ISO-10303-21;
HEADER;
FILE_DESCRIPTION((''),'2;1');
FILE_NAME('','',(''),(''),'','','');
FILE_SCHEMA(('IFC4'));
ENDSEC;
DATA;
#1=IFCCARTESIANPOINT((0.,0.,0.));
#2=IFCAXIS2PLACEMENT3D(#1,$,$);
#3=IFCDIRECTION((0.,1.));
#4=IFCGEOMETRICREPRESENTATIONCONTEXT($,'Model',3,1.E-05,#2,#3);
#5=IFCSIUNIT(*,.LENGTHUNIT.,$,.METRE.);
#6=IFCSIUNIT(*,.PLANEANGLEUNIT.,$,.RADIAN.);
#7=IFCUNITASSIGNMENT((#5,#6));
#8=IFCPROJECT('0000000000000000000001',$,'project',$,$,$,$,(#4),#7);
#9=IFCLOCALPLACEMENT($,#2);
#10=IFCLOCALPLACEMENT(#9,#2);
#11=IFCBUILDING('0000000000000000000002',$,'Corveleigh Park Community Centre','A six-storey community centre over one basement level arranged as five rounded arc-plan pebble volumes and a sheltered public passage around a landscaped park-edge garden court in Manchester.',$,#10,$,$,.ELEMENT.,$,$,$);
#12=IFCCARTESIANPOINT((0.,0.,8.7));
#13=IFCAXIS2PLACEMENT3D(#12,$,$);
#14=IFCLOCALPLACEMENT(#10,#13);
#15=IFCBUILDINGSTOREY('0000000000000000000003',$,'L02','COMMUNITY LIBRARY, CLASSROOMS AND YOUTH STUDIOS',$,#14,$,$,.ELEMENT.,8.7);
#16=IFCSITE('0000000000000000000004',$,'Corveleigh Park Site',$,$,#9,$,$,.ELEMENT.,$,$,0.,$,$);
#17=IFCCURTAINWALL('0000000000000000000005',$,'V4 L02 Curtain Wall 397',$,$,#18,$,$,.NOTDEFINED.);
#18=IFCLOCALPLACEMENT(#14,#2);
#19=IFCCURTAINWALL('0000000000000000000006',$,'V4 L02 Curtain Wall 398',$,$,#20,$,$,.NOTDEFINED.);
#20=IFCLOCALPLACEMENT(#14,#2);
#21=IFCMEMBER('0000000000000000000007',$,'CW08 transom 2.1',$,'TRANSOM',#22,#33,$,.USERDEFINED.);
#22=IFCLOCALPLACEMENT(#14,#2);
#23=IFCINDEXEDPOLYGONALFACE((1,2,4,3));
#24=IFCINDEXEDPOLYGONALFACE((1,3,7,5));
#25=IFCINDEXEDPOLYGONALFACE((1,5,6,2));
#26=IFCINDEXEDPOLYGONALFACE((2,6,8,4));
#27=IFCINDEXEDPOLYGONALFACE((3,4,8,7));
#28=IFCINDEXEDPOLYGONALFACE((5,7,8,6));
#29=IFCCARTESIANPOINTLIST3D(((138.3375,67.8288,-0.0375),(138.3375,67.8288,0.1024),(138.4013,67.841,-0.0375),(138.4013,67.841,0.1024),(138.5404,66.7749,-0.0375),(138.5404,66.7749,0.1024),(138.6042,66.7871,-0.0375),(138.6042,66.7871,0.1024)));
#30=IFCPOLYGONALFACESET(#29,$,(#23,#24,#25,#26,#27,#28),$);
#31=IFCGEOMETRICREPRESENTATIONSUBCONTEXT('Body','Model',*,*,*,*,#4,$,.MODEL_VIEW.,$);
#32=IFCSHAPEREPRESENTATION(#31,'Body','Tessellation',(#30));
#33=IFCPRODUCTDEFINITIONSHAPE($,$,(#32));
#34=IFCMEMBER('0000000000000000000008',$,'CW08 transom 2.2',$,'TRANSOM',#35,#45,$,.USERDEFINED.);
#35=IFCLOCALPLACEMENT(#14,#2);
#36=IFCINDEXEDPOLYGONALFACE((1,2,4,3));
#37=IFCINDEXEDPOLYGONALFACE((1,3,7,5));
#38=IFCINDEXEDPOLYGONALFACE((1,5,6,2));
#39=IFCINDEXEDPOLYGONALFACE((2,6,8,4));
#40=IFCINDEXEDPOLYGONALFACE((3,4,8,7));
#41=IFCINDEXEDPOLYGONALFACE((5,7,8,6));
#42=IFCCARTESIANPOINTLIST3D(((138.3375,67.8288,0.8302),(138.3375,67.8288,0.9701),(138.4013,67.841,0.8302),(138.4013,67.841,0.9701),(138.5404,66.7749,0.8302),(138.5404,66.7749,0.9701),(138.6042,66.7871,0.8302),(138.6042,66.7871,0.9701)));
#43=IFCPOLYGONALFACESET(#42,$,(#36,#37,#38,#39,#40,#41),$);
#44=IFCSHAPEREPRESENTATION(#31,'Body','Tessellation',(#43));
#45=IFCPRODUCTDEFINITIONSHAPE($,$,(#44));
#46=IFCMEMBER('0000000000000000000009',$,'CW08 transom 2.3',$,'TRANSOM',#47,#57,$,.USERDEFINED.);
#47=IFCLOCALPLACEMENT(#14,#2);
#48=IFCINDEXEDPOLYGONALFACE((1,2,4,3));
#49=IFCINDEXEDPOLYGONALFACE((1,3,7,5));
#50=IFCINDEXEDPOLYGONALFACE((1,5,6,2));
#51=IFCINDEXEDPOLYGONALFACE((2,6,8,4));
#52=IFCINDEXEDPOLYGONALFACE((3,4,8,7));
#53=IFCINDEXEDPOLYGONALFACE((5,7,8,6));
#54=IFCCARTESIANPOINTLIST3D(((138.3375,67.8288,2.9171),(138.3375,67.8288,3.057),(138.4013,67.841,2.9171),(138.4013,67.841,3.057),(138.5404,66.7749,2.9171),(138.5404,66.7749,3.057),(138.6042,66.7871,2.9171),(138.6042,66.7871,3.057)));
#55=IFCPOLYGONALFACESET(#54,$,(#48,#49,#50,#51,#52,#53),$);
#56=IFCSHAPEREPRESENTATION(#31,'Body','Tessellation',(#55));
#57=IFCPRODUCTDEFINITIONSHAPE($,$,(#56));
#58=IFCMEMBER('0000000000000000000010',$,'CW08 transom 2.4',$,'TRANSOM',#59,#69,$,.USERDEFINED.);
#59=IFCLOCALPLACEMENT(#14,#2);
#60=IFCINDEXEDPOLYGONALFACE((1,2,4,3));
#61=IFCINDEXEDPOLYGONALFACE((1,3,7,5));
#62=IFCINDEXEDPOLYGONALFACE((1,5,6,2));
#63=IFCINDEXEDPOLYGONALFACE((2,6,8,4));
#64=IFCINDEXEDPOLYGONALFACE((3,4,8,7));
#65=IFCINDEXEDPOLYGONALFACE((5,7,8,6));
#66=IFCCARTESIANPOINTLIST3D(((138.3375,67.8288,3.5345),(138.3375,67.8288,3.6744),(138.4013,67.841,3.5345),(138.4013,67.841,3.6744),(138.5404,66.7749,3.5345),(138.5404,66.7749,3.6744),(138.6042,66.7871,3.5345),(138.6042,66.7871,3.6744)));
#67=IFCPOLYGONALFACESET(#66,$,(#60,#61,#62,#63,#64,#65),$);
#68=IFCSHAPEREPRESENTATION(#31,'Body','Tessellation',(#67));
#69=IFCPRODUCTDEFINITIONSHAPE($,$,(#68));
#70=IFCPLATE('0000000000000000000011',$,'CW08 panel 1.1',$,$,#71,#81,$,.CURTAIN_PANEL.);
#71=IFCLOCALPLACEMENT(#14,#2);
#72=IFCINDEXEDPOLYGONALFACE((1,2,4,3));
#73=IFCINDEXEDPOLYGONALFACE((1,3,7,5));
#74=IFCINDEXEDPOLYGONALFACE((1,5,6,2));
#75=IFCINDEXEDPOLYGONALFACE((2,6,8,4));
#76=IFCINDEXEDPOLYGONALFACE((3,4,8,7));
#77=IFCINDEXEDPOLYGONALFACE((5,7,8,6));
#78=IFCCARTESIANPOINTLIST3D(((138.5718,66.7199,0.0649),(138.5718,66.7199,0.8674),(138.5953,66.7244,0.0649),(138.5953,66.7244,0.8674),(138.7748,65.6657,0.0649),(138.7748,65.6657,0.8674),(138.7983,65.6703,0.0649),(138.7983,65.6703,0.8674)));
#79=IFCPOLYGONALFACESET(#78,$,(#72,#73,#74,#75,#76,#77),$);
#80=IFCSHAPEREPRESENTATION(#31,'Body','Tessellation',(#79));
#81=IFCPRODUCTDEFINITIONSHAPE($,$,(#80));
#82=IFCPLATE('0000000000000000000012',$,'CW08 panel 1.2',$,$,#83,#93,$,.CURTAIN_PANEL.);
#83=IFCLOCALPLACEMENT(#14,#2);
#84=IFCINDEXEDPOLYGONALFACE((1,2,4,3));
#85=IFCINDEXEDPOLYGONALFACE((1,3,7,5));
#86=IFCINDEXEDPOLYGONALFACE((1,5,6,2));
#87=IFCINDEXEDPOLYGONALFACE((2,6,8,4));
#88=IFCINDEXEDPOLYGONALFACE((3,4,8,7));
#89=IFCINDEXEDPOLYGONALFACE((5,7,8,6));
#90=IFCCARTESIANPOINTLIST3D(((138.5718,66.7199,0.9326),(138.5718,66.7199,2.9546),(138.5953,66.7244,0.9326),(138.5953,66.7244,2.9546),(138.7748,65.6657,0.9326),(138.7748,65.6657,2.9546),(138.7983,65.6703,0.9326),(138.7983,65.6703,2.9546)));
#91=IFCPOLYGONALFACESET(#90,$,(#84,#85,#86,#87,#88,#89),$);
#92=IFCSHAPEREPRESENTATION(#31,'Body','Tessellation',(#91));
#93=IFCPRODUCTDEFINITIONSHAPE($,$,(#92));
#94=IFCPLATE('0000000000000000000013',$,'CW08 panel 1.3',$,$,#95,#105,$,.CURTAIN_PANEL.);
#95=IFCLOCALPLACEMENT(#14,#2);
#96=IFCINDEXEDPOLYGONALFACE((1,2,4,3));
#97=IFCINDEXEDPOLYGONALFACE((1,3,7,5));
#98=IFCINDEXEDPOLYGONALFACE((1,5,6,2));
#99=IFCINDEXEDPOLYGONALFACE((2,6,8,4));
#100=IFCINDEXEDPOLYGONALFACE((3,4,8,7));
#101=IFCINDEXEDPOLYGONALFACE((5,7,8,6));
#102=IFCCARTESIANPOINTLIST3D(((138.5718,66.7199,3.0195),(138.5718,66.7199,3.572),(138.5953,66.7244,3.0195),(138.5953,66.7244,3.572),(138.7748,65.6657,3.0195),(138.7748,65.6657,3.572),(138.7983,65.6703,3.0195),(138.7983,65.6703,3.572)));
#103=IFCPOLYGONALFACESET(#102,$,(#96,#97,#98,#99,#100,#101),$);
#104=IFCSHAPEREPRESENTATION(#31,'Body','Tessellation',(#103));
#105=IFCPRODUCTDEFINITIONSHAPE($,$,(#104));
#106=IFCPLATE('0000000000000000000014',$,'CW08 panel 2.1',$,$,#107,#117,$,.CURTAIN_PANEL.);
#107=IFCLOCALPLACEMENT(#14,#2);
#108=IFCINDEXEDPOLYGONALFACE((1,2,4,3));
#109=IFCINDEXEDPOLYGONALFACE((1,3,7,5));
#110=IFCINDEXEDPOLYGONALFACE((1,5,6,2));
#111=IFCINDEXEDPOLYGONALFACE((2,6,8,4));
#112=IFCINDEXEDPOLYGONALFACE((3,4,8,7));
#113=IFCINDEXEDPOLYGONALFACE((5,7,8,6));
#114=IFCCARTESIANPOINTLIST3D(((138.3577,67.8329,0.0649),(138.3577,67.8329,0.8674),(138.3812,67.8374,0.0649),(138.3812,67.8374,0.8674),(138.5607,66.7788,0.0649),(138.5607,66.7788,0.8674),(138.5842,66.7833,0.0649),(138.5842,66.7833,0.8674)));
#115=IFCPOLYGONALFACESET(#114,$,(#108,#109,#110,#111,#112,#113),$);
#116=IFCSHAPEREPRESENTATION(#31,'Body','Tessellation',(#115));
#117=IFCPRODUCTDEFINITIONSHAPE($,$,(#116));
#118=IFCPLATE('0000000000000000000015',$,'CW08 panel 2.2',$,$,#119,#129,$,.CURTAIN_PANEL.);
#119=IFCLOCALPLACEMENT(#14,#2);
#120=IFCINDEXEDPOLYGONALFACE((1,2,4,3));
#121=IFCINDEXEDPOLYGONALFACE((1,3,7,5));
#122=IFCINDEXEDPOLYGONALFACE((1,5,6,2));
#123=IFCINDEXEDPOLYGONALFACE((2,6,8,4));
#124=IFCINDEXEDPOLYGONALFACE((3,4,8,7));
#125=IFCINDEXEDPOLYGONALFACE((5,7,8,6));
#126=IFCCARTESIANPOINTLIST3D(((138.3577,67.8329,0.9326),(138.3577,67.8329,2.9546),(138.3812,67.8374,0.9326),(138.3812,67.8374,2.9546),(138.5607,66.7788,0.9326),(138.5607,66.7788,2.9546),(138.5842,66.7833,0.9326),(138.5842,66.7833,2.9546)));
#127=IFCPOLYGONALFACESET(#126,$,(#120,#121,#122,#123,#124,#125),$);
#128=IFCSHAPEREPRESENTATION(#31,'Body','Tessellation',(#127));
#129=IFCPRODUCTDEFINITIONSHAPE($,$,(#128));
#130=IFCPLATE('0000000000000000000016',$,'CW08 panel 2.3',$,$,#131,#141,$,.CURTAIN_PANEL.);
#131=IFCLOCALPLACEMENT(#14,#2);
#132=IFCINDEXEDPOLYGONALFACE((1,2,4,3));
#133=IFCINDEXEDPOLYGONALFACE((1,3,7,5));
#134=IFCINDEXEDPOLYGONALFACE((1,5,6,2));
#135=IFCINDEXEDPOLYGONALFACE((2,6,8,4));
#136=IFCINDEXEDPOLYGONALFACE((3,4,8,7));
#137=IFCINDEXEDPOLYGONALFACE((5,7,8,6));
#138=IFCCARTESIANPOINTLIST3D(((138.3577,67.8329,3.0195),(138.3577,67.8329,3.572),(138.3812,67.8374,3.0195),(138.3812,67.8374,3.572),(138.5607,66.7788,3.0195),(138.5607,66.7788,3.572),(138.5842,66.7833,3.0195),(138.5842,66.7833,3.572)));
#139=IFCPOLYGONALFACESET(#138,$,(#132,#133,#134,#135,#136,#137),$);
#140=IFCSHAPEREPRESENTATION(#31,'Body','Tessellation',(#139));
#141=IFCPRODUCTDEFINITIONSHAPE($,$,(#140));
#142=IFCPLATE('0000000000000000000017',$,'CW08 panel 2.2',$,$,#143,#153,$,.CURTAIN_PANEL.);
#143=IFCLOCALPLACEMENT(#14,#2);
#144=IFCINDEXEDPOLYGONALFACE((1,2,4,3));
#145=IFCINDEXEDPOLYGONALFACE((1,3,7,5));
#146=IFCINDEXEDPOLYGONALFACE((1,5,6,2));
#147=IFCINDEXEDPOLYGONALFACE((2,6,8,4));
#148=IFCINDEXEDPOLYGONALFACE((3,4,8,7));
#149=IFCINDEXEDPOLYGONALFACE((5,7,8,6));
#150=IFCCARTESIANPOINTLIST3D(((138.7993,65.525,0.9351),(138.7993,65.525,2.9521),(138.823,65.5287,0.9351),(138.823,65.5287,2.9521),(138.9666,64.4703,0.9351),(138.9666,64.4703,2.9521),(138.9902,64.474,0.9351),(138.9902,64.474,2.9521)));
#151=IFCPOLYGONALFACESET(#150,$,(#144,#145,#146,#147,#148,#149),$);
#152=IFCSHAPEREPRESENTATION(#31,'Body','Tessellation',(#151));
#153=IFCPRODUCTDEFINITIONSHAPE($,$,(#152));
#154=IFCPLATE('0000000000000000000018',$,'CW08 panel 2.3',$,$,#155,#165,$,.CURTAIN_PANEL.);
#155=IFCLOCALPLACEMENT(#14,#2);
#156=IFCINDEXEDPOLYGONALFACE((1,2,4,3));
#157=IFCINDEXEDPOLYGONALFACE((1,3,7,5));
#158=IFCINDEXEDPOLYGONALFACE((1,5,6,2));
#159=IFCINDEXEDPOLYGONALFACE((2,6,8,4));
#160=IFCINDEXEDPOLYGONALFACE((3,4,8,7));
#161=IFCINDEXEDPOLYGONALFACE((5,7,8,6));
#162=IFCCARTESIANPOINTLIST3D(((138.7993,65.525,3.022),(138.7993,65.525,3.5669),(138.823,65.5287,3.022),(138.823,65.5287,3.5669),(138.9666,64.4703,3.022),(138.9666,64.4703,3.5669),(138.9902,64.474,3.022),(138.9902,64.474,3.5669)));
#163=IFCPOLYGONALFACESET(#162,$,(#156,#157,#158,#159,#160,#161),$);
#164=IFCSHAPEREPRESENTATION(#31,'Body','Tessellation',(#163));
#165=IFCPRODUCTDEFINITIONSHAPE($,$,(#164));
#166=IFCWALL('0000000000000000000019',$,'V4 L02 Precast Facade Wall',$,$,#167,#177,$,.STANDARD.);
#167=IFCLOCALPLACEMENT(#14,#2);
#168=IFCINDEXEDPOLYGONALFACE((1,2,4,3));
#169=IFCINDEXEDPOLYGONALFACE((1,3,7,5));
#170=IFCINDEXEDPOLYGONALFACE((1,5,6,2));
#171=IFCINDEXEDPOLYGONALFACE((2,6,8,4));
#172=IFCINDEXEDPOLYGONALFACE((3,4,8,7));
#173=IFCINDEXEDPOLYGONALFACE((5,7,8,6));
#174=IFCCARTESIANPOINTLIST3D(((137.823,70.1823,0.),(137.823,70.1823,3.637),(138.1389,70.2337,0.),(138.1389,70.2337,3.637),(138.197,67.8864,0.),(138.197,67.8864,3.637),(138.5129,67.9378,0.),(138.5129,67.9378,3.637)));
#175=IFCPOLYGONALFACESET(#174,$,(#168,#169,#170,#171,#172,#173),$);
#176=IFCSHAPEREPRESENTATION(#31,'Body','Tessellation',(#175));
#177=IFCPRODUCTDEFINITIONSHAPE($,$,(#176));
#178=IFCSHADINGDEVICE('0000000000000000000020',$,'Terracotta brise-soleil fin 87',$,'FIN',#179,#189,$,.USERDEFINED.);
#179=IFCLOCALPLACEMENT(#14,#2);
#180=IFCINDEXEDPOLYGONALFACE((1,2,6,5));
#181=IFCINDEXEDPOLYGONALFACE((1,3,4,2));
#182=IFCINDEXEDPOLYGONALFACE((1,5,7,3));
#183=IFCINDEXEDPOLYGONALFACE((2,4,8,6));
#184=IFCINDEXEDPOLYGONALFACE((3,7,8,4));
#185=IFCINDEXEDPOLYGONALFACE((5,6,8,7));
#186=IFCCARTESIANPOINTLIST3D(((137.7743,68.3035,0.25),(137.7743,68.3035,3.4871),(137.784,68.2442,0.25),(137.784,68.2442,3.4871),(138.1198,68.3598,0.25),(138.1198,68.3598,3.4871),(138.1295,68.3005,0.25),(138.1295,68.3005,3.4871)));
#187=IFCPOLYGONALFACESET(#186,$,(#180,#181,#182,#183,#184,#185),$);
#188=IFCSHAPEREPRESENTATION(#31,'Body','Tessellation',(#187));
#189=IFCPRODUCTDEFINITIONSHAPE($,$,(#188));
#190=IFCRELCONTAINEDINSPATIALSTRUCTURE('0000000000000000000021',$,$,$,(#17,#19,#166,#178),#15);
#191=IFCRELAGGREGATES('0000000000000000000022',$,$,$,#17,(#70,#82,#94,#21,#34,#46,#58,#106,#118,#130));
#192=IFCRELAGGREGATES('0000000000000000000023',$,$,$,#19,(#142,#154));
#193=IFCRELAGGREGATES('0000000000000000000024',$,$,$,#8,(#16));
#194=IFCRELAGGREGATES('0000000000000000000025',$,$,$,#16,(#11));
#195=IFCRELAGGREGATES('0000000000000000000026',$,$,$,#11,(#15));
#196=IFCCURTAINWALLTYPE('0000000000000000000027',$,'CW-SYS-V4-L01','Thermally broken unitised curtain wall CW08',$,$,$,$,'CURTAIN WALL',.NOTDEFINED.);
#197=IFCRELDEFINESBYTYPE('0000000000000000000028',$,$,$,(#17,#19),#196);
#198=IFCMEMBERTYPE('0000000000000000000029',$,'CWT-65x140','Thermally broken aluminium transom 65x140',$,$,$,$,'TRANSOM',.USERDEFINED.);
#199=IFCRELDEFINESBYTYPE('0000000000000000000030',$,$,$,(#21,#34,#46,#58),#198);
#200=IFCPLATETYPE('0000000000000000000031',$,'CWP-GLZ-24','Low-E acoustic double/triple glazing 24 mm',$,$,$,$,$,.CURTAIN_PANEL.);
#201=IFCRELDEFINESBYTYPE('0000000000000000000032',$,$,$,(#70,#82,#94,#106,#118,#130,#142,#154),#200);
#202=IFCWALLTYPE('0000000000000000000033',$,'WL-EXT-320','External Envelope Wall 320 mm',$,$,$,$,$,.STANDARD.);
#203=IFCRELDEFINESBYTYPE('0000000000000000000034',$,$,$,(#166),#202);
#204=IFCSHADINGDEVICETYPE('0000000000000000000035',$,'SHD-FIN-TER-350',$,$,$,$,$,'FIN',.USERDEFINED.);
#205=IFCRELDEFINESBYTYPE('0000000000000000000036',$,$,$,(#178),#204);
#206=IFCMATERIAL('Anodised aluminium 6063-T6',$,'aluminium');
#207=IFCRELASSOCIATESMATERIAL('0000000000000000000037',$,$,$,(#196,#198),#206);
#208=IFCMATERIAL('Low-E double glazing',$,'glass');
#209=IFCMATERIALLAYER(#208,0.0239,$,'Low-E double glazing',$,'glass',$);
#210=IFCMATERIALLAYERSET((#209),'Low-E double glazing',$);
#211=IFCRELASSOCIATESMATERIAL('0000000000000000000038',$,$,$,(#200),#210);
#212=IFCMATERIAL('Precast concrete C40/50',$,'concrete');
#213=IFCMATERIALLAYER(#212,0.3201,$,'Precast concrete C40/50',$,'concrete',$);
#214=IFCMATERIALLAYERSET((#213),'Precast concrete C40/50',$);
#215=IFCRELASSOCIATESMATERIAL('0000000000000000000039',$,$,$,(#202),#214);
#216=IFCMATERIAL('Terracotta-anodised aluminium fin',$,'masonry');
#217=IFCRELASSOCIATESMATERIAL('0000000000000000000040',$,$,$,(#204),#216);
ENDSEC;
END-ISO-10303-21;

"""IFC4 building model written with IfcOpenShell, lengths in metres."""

from ifc_helpers import new_model, si_unit, direction, frame, frame_2d, origin, origin_2d, place, context, subcontext, project, spatial, rectangle, extrude, material, layer, layer_set, material_profile, profile_set, type_object, element, aggregate, save


model = new_model("IFC4")

# Units and contexts
model_context = context("Model", 3, precision=1e-05, world=origin(), true_north=direction((0.0, 1.0)))
body_context = subcontext(model_context, "Body", "Model", "MODEL_VIEW")
ifc_project = project(units=[si_unit("LENGTHUNIT", "METRE"), si_unit("PLANEANGLEUNIT", "RADIAN")], contexts=[model_context])

# Site, building, storey
site_placement = place(None, origin())
site = spatial("IfcSite", under=ifc_project, at=site_placement, Name="Corveleigh Park Site", CompositionType="ELEMENT", RefElevation=0.0)
building_placement = place(site_placement, origin())
building = spatial("IfcBuilding", under=site, at=building_placement, Name="Corveleigh Park Community Centre", Description="A six-storey community centre over one basement level arranged as five rounded arc-plan pebble volumes and a sheltered public passage around a landscaped park-edge garden court in Manchester.", CompositionType="ELEMENT")
storey_placement = place(building_placement, frame((0.0, 0.0, 8.7)))
storey = spatial("IfcBuildingStorey", under=building, at=storey_placement, Name="L02", Description="COMMUNITY LIBRARY, CLASSROOMS AND YOUTH STUDIOS", CompositionType="ELEMENT", Elevation=8.7)

# Curtain wall
ifc_material_1 = material(Name="Anodised aluminium 6063-T6", Category="aluminium")
curtain_wall_type = type_object("IfcCurtainWallType", Name="CW-SYS-V4-L01", Description="Thermally broken unitised curtain wall CW08", ElementType="CURTAIN WALL", PredefinedType="NOTDEFINED", material=ifc_material_1)
curtain_wall_1_placement = place(storey_placement, origin())
curtain_wall_1 = element("IfcCurtainWall", 1, at=curtain_wall_1_placement, inside=storey, type_object=curtain_wall_type, Name="V4 L02 Curtain Wall 397", PredefinedType="NOTDEFINED")

# Curtain wall
curtain_wall_2_placement = place(storey_placement, origin())
curtain_wall_2 = element("IfcCurtainWall", 2, at=curtain_wall_2_placement, inside=storey, type_object=curtain_wall_type, Name="V4 L02 Curtain Wall 398", PredefinedType="NOTDEFINED")

# Members
ifc_material_profile_1 = material_profile(ifc_material_1, rectangle(XDim=0.0649, YDim=0.1399, at=origin_2d()), Name="ALU-T65x140", Category="aluminium")
ifc_profile_set_1 = profile_set([ifc_material_profile_1], Name="Anodised aluminium 6063-T6")
member_type_1 = type_object("IfcMemberType", Name="CWT-65x140", Description="Thermally broken aluminium transom 65x140", ElementType="TRANSOM", PredefinedType="USERDEFINED", material=ifc_profile_set_1)
member_1_placement = place(storey_placement, frame((138.5723, 66.781, 0.0325), z_axis=(-0.189025, 0.981972, 0.0), x_axis=(-0.981972, -0.189025, 0.0)))
member_1 = element("IfcMember", 3, at=member_1_placement, type_object=member_type_1, Name="CW08 transom 2.1", ObjectType="TRANSOM", PredefinedType="USERDEFINED", context=body_context, shape_type="SweptSolid", body=[
    extrude(rectangle(XDim=0.0649, YDim=0.1399, at=origin_2d()), origin(), (0.0, 0.0, 1.0), 1.0732),
])
member_2_placement = place(storey_placement, frame((138.5723, 66.781, 0.9001), z_axis=(-0.189025, 0.981972, 0.0), x_axis=(-0.981972, -0.189025, 0.0)))
member_2 = element("IfcMember", 4, at=member_2_placement, type_object=member_type_1, Name="CW08 transom 2.2", ObjectType="TRANSOM", PredefinedType="USERDEFINED", context=body_context, shape_type="SweptSolid", body=[
    extrude(rectangle(XDim=0.0649, YDim=0.1399, at=origin_2d()), origin(), (0.0, 0.0, 1.0), 1.0732),
])
member_3_placement = place(storey_placement, frame((138.5723, 66.781, 2.9871), z_axis=(-0.189025, 0.981972, 0.0), x_axis=(-0.981972, -0.189025, 0.0)))
member_3 = element("IfcMember", 5, at=member_3_placement, type_object=member_type_1, Name="CW08 transom 2.3", ObjectType="TRANSOM", PredefinedType="USERDEFINED", context=body_context, shape_type="SweptSolid", body=[
    extrude(rectangle(XDim=0.0649, YDim=0.1399, at=origin_2d()), origin(), (0.0, 0.0, 1.0), 1.0732),
])
member_4_placement = place(storey_placement, frame((138.5723, 66.781, 3.6045), z_axis=(-0.189025, 0.981972, 0.0), x_axis=(-0.981972, -0.189025, 0.0)))
member_4 = element("IfcMember", 6, at=member_4_placement, type_object=member_type_1, Name="CW08 transom 2.4", ObjectType="TRANSOM", PredefinedType="USERDEFINED", context=body_context, shape_type="SweptSolid", body=[
    extrude(rectangle(XDim=0.0649, YDim=0.1399, at=origin_2d()), origin(), (0.0, 0.0, 1.0), 1.0732),
])

# Plates
ifc_material_2 = material(Name="Low-E double glazing", Category="glass")
ifc_layer_1 = layer(ifc_material_2, 0.0239, Name="Low-E double glazing", Category="glass")
ifc_layer_set_1 = layer_set([ifc_layer_1], Name="Low-E double glazing")
plate_type = type_object("IfcPlateType", Name="CWP-GLZ-24", Description="Low-E acoustic double/triple glazing 24 mm", PredefinedType="CURTAIN_PANEL", material=ifc_layer_set_1)
plate_1_placement = place(storey_placement, frame((138.6851, 66.1951, 0.0649), z_axis=(0.0, 0.0, 1.0), x_axis=(-0.189086, 0.98196, 0.0)))
plate_1 = element("IfcPlate", 7, at=plate_1_placement, type_object=plate_type, Name="CW08 panel 1.1", PredefinedType="CURTAIN_PANEL", context=body_context, shape_type="SweptSolid", body=[
    extrude(rectangle(XDim=1.0735, YDim=0.0239, at=origin_2d()), origin(), (0.0, 0.0, 1.0), 0.8025),
])
plate_2_placement = place(storey_placement, frame((138.6851, 66.1951, 0.9326), z_axis=(0.0, 0.0, 1.0), x_axis=(-0.189086, 0.98196, 0.0)))
plate_2 = element("IfcPlate", 8, at=plate_2_placement, type_object=plate_type, Name="CW08 panel 1.2", PredefinedType="CURTAIN_PANEL", context=body_context, shape_type="SweptSolid", body=[
    extrude(rectangle(XDim=1.0735, YDim=0.0239, at=origin_2d()), origin(), (0.0, 0.0, 1.0), 2.022),
])
plate_3_placement = place(storey_placement, frame((138.6851, 66.1951, 3.0195), z_axis=(0.0, 0.0, 1.0), x_axis=(-0.189086, 0.98196, 0.0)))
plate_3 = element("IfcPlate", 9, at=plate_3_placement, type_object=plate_type, Name="CW08 panel 1.3", PredefinedType="CURTAIN_PANEL", context=body_context, shape_type="SweptSolid", body=[
    extrude(rectangle(XDim=1.0735, YDim=0.0239, at=origin_2d()), origin(), (0.0, 0.0, 1.0), 0.5525),
])
plate_4_placement = place(storey_placement, frame((138.4709, 67.3081, 0.0649), z_axis=(0.0, 0.0, 1.0), x_axis=(-0.189086, 0.98196, 0.0)))
plate_4 = element("IfcPlate", 10, at=plate_4_placement, type_object=plate_type, Name="CW08 panel 2.1", PredefinedType="CURTAIN_PANEL", context=body_context, shape_type="SweptSolid", body=[
    extrude(rectangle(XDim=1.0735, YDim=0.0239, at=origin_2d()), origin(), (0.0, 0.0, 1.0), 0.8025),
])
plate_5_placement = place(storey_placement, frame((138.4709, 67.3081, 0.9326), z_axis=(0.0, 0.0, 1.0), x_axis=(-0.189086, 0.98196, 0.0)))
plate_5 = element("IfcPlate", 11, at=plate_5_placement, type_object=plate_type, Name="CW08 panel 2.2", PredefinedType="CURTAIN_PANEL", context=body_context, shape_type="SweptSolid", body=[
    extrude(rectangle(XDim=1.0735, YDim=0.0239, at=origin_2d()), origin(), (0.0, 0.0, 1.0), 2.022),
])
plate_6_placement = place(storey_placement, frame((138.4709, 67.3081, 3.0195), z_axis=(0.0, 0.0, 1.0), x_axis=(-0.189086, 0.98196, 0.0)))
plate_6 = element("IfcPlate", 12, at=plate_6_placement, type_object=plate_type, Name="CW08 panel 2.3", PredefinedType="CURTAIN_PANEL", context=body_context, shape_type="SweptSolid", body=[
    extrude(rectangle(XDim=1.0735, YDim=0.0239, at=origin_2d()), origin(), (0.0, 0.0, 1.0), 0.5525),
])
aggregate(curtain_wall_1, [plate_1, plate_2, plate_3, member_1, member_2, member_3, member_4, plate_4, plate_5, plate_6])
plate_7_placement = place(storey_placement, frame((138.8948, 64.9995, 0.9351), z_axis=(0.0, 0.0, 1.0), x_axis=(-0.156601, 0.987662, 0.0)))
plate_7 = element("IfcPlate", 13, at=plate_7_placement, type_object=plate_type, Name="CW08 panel 2.2", PredefinedType="CURTAIN_PANEL", context=body_context, shape_type="SweptSolid", body=[
    extrude(rectangle(XDim=1.0679, YDim=0.0239, at=origin_2d()), origin(), (0.0, 0.0, 1.0), 2.0171),
])
plate_8_placement = place(storey_placement, frame((138.8948, 64.9995, 3.022), z_axis=(0.0, 0.0, 1.0), x_axis=(-0.156601, 0.987662, 0.0)))
plate_8 = element("IfcPlate", 14, at=plate_8_placement, type_object=plate_type, Name="CW08 panel 2.3", PredefinedType="CURTAIN_PANEL", context=body_context, shape_type="SweptSolid", body=[
    extrude(rectangle(XDim=1.0679, YDim=0.0239, at=origin_2d()), origin(), (0.0, 0.0, 1.0), 0.5449),
])
aggregate(curtain_wall_2, [plate_7, plate_8])

# Wall
ifc_material_3 = material(Name="Precast concrete C40/50", Category="concrete")
ifc_layer_2 = layer(ifc_material_3, 0.3201, Name="Precast concrete C40/50", Category="concrete")
ifc_layer_set_2 = layer_set([ifc_layer_2], Name="Precast concrete C40/50")
wall_type = type_object("IfcWallType", Name="WL-EXT-320", Description="External Envelope Wall 320 mm", PredefinedType="STANDARD", material=ifc_layer_set_2)
wall_placement = place(storey_placement, frame((138.355, 67.9121, 0.0), z_axis=(0.0, 0.0, 1.0), x_axis=(-0.16079, 0.986989, 0.0)))
element("IfcWall", 15, at=wall_placement, inside=storey, type_object=wall_type, Name="V4 L02 Precast Facade Wall", PredefinedType="STANDARD", context=body_context, shape_type="SweptSolid", body=[
    extrude(rectangle(XDim=2.3262, YDim=0.3201, at=frame_2d((1.1631, 0.0))), origin(), (0.0, 0.0, 1.0), 3.637),
])

# Shading device
ifc_material_4 = material(Name="Terracotta-anodised aluminium fin", Category="masonry")
shading_device_type = type_object("IfcShadingDeviceType", Name="SHD-FIN-TER-350", ElementType="FIN", PredefinedType="USERDEFINED", material=ifc_material_4)
shading_device_placement = place(storey_placement, frame((137.9519, 68.302, 0.25), z_axis=(0.0, 0.0, 1.0), x_axis=(-0.986991, -0.160773, 0.0)))
element("IfcShadingDevice", 16, at=shading_device_placement, inside=storey, type_object=shading_device_type, Name="Terracotta brise-soleil fin 87", ObjectType="FIN", PredefinedType="USERDEFINED", context=body_context, shape_type="SweptSolid", body=[
    extrude(rectangle(XDim=0.3501, YDim=0.0601, at=origin_2d()), origin(), (0.0, 0.0, 1.0), 3.2371),
])

save(model, "model.ifc")
